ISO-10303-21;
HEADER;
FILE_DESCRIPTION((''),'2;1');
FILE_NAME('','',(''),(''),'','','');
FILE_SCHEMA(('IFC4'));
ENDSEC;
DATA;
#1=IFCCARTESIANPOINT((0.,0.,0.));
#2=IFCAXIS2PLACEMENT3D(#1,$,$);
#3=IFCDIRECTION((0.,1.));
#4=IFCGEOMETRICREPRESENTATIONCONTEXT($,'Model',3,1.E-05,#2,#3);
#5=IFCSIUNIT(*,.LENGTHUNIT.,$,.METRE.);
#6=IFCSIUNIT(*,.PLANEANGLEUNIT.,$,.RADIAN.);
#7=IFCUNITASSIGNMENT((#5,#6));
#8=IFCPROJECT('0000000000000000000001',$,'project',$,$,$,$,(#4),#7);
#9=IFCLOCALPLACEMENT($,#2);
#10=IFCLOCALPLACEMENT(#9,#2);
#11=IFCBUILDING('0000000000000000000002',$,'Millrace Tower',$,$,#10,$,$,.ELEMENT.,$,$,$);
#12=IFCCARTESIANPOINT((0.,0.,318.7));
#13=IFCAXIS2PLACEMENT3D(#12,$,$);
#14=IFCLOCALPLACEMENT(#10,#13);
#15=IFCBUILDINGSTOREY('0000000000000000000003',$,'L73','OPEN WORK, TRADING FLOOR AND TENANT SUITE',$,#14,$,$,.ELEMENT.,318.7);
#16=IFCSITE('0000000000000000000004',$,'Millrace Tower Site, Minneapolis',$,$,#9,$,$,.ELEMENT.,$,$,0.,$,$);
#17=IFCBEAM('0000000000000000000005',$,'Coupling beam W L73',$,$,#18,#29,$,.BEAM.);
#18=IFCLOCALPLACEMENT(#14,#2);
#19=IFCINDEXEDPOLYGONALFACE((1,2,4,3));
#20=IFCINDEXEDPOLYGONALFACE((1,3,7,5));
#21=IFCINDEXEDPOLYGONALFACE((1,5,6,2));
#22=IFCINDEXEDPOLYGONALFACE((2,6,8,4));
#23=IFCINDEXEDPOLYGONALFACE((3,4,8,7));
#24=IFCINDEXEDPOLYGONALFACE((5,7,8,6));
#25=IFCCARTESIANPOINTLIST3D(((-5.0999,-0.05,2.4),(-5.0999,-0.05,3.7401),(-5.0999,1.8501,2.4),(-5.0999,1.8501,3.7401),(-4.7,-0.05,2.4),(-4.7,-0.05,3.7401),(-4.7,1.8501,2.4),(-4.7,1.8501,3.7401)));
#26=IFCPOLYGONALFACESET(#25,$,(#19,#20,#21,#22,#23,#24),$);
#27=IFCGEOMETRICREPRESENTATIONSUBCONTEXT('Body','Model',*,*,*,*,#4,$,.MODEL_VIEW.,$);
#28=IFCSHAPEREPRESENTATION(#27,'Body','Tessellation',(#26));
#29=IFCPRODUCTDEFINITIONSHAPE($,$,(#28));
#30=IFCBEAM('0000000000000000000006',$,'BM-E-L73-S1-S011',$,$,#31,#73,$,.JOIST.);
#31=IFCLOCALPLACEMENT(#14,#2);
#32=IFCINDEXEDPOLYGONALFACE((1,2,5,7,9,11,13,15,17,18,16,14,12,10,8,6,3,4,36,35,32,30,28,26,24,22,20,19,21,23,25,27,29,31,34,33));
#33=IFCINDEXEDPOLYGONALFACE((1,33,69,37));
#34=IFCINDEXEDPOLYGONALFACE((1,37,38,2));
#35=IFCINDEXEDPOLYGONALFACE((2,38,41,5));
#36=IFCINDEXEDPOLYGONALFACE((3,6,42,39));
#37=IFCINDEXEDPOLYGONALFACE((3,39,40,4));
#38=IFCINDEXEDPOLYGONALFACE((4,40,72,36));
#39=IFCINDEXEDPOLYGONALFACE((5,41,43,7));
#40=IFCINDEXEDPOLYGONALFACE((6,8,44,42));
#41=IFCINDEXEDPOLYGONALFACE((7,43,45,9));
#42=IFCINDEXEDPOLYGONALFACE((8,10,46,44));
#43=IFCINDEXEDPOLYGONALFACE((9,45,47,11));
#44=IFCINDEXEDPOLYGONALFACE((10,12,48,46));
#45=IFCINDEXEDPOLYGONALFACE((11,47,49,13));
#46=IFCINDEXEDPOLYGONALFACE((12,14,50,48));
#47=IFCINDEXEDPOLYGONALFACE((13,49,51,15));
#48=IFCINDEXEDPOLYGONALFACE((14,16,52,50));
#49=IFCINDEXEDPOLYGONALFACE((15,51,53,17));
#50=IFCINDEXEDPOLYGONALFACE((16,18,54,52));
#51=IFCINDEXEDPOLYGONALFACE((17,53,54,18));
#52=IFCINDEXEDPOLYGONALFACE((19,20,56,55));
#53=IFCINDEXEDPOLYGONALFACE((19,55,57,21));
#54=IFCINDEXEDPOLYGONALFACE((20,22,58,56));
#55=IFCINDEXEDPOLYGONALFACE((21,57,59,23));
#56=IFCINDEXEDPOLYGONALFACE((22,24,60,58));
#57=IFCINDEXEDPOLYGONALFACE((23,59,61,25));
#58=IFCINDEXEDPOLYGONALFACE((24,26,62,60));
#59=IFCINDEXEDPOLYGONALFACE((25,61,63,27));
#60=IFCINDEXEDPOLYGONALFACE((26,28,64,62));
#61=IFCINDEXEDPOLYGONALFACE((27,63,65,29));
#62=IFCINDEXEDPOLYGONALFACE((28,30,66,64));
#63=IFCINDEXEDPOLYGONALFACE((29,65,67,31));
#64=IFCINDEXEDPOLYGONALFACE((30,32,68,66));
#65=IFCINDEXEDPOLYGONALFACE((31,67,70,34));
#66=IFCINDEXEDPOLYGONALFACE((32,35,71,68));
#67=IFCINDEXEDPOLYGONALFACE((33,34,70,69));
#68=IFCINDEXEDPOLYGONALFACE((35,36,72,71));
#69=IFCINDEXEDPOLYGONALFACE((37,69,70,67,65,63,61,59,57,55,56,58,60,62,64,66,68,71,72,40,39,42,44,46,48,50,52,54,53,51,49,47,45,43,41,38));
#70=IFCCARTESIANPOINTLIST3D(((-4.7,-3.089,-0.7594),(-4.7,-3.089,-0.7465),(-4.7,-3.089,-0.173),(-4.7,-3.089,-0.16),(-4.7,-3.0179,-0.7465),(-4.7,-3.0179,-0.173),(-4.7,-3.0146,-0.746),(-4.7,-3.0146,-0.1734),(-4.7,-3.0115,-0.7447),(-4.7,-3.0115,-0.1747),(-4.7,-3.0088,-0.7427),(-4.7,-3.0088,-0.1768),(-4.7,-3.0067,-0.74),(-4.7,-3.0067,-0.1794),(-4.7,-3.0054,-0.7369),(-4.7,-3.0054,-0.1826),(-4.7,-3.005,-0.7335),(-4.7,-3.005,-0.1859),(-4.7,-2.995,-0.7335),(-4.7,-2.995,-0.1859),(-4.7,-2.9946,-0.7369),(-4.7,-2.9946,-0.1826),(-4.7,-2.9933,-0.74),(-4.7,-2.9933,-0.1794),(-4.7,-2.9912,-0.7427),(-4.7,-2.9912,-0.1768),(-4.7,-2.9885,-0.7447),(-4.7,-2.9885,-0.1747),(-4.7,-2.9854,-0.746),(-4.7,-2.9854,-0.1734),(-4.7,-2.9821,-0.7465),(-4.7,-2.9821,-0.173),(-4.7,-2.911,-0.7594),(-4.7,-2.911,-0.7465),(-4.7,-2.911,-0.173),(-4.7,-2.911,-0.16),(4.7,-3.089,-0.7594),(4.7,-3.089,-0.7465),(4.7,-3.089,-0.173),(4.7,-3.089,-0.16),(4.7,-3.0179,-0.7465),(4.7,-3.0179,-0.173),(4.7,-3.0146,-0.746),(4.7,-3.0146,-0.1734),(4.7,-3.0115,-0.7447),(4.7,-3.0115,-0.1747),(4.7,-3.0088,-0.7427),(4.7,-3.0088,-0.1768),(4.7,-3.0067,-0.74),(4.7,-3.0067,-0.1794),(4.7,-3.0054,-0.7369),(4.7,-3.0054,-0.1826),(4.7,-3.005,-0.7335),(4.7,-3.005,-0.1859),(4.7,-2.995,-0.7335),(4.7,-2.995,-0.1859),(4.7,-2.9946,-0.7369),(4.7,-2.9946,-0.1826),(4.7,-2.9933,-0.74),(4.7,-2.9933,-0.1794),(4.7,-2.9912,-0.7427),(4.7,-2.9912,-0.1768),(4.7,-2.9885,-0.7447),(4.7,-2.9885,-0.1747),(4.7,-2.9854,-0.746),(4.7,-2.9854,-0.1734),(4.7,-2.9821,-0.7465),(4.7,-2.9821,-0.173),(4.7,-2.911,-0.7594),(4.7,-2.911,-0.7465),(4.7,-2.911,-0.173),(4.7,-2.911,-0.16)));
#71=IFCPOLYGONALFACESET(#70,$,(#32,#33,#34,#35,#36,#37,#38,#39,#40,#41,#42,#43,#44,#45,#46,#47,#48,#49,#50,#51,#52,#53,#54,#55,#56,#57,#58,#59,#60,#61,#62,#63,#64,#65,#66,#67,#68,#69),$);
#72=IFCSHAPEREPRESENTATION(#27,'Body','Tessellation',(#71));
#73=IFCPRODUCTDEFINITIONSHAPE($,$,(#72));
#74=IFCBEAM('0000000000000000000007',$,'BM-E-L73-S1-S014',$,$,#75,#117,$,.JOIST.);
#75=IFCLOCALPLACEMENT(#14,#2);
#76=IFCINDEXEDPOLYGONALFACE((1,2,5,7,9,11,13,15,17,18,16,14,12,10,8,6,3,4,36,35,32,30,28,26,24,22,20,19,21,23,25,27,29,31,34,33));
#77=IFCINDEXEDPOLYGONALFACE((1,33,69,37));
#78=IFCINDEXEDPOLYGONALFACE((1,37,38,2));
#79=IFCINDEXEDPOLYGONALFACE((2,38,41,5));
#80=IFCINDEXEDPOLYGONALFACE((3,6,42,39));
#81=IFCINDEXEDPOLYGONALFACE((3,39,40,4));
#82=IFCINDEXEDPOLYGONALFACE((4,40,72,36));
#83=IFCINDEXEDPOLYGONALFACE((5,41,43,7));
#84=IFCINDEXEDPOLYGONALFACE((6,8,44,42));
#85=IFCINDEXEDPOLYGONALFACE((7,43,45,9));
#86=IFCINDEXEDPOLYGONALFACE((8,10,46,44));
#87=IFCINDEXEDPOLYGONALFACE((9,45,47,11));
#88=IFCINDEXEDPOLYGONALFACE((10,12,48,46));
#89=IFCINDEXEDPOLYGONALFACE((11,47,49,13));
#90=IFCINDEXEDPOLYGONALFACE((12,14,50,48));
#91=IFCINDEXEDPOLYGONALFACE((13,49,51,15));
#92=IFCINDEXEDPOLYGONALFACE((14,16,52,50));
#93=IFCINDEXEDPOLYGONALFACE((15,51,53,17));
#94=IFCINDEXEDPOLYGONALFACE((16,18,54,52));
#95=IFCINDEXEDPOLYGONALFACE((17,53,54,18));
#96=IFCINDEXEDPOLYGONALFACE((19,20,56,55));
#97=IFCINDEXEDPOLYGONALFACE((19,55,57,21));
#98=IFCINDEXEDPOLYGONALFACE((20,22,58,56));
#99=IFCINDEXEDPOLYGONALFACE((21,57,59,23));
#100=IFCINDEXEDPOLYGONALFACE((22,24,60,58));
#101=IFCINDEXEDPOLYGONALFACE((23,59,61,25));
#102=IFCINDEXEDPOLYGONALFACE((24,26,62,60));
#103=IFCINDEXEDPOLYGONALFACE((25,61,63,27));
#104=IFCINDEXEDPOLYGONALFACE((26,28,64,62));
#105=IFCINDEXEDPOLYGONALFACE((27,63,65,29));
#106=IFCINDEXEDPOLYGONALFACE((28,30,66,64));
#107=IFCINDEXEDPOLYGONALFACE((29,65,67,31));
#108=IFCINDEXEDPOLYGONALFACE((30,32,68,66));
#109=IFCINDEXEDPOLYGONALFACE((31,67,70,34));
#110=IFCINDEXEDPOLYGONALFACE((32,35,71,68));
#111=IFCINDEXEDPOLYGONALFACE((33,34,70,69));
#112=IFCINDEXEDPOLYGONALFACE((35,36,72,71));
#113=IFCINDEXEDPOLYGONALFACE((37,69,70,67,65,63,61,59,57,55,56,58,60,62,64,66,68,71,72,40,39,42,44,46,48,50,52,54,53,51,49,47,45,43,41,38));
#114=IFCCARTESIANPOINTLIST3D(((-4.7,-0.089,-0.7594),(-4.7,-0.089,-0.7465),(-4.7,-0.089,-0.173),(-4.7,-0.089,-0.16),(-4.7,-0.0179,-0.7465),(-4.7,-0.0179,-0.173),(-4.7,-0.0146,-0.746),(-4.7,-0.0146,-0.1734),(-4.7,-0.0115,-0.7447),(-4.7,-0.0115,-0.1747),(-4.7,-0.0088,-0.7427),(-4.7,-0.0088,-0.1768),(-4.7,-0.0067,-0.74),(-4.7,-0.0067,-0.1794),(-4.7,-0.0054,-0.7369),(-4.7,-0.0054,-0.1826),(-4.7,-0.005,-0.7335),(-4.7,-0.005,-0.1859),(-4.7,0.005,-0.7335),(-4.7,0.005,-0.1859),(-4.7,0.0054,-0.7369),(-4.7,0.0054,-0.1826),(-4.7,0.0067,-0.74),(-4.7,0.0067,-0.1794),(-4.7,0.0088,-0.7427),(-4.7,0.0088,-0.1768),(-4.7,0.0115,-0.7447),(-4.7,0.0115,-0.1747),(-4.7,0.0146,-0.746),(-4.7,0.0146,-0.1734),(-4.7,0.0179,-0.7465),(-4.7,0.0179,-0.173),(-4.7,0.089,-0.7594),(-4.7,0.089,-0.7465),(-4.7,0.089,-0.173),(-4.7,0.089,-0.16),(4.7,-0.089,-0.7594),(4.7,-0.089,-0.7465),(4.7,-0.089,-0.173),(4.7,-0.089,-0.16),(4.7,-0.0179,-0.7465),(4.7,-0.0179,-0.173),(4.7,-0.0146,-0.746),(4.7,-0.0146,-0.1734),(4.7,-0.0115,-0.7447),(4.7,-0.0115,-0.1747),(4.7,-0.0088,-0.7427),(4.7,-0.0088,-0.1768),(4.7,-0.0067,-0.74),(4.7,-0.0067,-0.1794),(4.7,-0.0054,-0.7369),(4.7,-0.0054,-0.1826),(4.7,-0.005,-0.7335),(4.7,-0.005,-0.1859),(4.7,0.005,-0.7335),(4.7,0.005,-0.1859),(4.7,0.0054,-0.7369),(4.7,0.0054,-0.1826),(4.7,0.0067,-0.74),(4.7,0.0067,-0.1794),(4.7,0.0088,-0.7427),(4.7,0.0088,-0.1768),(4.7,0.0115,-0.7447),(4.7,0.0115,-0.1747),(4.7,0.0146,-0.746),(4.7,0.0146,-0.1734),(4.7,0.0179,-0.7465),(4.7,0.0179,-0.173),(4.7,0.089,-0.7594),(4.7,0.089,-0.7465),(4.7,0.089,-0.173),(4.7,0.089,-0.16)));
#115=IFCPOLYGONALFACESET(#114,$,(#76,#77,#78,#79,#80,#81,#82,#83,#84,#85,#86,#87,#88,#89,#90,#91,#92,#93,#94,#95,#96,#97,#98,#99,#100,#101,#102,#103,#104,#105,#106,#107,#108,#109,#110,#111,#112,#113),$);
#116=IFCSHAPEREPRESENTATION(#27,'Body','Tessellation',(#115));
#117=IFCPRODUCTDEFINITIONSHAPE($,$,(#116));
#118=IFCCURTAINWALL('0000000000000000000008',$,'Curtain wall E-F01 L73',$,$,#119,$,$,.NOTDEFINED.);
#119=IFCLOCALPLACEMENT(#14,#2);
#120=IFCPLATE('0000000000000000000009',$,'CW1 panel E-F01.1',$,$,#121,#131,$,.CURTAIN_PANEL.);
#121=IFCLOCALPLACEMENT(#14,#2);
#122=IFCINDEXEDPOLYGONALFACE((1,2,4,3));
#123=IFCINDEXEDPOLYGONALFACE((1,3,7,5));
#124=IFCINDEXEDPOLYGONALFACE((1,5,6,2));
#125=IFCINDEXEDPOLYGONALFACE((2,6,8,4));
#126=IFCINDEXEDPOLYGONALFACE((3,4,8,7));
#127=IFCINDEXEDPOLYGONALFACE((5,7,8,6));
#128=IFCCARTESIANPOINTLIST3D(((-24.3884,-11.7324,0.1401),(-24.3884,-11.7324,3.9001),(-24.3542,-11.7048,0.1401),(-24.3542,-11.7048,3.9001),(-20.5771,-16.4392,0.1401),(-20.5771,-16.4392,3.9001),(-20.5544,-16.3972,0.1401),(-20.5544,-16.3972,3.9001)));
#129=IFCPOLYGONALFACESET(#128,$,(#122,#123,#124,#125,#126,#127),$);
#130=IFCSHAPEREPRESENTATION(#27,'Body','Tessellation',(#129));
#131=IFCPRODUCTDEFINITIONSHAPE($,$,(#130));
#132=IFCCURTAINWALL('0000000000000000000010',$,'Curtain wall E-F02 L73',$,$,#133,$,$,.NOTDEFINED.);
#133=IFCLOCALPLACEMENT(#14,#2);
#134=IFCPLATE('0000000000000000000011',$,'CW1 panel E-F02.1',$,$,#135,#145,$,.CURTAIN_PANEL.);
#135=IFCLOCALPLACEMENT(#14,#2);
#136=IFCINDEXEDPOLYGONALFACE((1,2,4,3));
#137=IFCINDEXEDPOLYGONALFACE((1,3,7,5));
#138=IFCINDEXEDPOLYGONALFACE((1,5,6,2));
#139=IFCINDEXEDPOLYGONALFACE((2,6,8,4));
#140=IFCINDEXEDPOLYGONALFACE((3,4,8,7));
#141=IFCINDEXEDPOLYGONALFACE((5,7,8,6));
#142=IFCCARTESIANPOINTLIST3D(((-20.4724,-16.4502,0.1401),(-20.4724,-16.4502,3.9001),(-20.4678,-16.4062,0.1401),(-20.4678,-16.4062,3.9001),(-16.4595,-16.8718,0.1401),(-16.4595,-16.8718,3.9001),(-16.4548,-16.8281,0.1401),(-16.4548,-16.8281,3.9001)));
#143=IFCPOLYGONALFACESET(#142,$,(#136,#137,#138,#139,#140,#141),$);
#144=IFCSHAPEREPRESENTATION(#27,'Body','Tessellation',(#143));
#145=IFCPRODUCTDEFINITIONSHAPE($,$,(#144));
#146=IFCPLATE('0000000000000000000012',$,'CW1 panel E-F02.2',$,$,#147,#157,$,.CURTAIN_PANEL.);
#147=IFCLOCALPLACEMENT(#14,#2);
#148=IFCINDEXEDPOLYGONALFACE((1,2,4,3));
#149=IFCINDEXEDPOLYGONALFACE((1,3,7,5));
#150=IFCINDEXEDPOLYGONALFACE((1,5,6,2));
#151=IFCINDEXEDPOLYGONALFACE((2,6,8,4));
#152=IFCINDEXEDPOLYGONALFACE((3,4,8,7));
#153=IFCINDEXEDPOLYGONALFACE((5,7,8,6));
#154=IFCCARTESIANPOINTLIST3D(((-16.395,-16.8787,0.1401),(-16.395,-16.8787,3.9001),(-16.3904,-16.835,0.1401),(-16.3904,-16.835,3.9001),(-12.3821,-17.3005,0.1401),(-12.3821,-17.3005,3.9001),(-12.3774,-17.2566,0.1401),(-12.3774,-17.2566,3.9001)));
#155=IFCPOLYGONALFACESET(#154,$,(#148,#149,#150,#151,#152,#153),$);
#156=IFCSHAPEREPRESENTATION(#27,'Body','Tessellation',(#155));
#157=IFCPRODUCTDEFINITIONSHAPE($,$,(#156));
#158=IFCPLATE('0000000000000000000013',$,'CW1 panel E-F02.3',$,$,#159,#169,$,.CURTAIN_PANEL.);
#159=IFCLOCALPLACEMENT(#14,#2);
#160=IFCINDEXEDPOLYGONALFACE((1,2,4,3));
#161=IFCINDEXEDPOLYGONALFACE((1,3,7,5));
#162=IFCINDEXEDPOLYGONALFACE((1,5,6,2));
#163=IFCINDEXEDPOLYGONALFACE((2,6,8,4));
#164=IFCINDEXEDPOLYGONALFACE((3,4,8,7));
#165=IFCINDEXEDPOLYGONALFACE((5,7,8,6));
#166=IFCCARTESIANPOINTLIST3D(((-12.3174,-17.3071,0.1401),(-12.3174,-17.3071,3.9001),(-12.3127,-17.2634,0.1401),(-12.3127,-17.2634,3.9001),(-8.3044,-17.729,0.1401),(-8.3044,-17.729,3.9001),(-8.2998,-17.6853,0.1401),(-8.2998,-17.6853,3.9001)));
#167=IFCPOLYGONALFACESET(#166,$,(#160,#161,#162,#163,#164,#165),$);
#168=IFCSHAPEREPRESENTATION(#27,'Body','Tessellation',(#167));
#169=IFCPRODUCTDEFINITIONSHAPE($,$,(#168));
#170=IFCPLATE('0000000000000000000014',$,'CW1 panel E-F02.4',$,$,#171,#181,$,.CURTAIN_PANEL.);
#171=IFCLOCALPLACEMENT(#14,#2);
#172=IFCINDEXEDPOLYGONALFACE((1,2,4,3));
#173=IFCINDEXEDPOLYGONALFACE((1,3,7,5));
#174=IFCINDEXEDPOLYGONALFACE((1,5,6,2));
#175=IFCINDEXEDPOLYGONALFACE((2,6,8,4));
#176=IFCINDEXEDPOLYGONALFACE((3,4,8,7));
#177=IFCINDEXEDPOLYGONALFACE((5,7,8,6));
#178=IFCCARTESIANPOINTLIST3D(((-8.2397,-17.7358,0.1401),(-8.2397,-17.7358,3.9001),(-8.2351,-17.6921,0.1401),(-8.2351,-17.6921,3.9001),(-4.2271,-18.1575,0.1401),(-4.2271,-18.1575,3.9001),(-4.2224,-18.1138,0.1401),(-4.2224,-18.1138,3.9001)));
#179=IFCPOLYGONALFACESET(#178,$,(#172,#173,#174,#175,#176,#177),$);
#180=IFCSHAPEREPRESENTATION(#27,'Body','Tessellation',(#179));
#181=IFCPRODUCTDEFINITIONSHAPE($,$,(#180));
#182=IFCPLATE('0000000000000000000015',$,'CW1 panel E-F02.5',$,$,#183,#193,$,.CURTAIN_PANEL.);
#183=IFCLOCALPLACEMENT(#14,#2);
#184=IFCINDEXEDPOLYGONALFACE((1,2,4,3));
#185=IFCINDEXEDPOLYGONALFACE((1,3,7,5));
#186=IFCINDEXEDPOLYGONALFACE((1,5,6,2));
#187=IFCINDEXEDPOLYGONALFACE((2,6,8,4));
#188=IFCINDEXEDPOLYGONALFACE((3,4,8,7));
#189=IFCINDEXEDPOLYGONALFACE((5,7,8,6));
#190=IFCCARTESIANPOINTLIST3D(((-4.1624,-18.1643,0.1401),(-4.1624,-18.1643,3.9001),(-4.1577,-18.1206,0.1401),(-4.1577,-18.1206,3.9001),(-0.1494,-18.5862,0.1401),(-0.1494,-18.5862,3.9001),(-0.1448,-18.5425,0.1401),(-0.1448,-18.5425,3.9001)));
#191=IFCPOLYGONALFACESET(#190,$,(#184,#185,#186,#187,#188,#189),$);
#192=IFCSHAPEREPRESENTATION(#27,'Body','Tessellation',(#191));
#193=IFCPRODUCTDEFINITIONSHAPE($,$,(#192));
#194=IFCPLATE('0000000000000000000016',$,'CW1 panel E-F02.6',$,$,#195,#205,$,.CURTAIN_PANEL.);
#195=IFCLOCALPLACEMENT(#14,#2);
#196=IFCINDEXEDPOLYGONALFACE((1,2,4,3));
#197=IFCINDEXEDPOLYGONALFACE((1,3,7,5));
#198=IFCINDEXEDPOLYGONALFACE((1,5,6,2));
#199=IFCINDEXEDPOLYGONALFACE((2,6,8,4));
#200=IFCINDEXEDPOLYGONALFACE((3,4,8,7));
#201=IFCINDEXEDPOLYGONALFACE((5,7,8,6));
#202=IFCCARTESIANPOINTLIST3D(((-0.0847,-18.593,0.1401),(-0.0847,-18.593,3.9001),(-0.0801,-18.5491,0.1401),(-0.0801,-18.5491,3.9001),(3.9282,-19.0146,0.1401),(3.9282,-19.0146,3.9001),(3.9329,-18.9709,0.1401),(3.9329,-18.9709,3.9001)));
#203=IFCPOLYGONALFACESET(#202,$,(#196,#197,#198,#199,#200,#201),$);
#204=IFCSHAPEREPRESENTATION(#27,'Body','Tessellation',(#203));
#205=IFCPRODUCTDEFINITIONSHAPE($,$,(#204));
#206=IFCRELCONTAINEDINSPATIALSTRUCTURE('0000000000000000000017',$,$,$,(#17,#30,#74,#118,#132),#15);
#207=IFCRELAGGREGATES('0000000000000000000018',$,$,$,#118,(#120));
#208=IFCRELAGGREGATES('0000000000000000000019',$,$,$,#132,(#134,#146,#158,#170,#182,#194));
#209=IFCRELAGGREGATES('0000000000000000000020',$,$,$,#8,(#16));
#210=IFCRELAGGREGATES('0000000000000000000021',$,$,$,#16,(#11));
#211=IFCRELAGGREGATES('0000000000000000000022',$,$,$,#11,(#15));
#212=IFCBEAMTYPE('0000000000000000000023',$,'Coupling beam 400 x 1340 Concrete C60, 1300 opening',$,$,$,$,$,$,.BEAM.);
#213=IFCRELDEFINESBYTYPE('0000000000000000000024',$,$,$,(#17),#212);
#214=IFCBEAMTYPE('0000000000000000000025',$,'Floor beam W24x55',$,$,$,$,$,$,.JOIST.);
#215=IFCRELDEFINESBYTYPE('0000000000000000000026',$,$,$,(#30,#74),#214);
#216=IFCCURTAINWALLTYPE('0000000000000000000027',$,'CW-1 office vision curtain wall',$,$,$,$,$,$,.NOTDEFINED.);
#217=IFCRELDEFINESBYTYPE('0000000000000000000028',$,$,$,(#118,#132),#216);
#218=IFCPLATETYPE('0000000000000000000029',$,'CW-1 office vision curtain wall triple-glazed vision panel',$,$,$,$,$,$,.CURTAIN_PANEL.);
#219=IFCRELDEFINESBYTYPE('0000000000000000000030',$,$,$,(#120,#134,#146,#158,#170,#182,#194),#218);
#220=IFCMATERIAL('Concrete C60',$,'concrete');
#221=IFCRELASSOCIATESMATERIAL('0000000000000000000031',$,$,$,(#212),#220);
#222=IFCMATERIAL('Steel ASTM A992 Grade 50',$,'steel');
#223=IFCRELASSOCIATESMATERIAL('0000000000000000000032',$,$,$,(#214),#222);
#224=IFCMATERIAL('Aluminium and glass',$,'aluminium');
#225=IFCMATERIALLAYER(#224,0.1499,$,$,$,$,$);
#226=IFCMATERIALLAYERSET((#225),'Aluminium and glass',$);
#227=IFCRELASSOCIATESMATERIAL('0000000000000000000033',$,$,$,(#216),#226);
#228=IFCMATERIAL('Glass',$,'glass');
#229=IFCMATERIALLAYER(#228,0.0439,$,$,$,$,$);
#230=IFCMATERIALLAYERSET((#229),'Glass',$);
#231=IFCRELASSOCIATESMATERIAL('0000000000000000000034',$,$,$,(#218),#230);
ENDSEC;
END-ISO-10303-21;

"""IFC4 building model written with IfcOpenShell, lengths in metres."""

from ifc_helpers import new_model, si_unit, direction, frame, origin, origin_2d, place, context, subcontext, project, spatial, polyline, rectangle, i_section, outline, extrude, material, layer, layer_set, material_profile, profile_set, type_object, element, aggregate, save


model = new_model("IFC4")

# Units and contexts
model_context = context("Model", 3, precision=1e-05, world=origin(), true_north=direction((0.0, 1.0)))
body_context = subcontext(model_context, "Body", "Model", "MODEL_VIEW")
ifc_project = project(units=[si_unit("LENGTHUNIT", "METRE"), si_unit("PLANEANGLEUNIT", "RADIAN")], contexts=[model_context])

# Site, building, storey
site_placement = place(None, origin())
site = spatial("IfcSite", under=ifc_project, at=site_placement, Name="Millrace Tower Site, Minneapolis", CompositionType="ELEMENT", RefElevation=0.0)
building_placement = place(site_placement, origin())
building = spatial("IfcBuilding", under=site, at=building_placement, Name="Millrace Tower", CompositionType="ELEMENT")
storey_placement = place(building_placement, frame((0.0, 0.0, 318.7)))
storey = spatial("IfcBuildingStorey", under=building, at=storey_placement, Name="L73", Description="OPEN WORK, TRADING FLOOR AND TENANT SUITE", CompositionType="ELEMENT", Elevation=318.7)

# Beams
ifc_material_1 = material(Name="Concrete C60", Category="concrete")
ifc_material_profile_1 = material_profile(ifc_material_1, rectangle(XDim=0.3999, YDim=1.3401, at=origin_2d()))
ifc_profile_set_1 = profile_set([ifc_material_profile_1], Name="Concrete C60")
beam_type_1 = type_object("IfcBeamType", Name="Coupling beam 400 x 1340 Concrete C60, 1300 opening", PredefinedType="BEAM", material=ifc_profile_set_1)
beam_placement = place(storey_placement, frame((-4.8999, -0.05, 3.0701), z_axis=(0.0, 1.0, 0.0), x_axis=(-1.0, 0.0, 0.0)))
element("IfcBeam", 1, at=beam_placement, inside=storey, type_object=beam_type_1, Name="Coupling beam W L73", PredefinedType="BEAM", context=body_context, shape_type="SweptSolid", body=[
    extrude(rectangle(XDim=0.3999, YDim=1.3401, at=origin_2d()), origin(), (0.0, 0.0, 1.0), 1.9001),
])
ifc_material_2 = material(Name="Steel ASTM A992 Grade 50", Category="steel")
ifc_material_profile_2 = material_profile(ifc_material_2, i_section(OverallWidth=0.178, OverallDepth=0.5994, WebThickness=0.01, FlangeThickness=0.0129, FilletRadius=0.0129, at=origin_2d()))
ifc_profile_set_2 = profile_set([ifc_material_profile_2], Name="Steel ASTM A992 Grade 50")
beam_type_2 = type_object("IfcBeamType", Name="Floor beam W24x55", PredefinedType="JOIST", material=ifc_profile_set_2)
for number, where, z_axis, x_axis, name in (
    (2, (-4.7, -3.0, -0.4597), (1.0, 0.0, 0.0), (0.0, 1.0, 0.0), "BM-E-L73-S1-S011"),
    (3, (-4.7, 0.0, -0.4597), (1.0, 0.0, 0.0), (0.0, 1.0, 0.0), "BM-E-L73-S1-S014"),
):
    element("IfcBeam", number, at=place(storey_placement, frame(where, z_axis=z_axis, x_axis=x_axis)), inside=storey, type_object=beam_type_2, Name=name, PredefinedType="JOIST", context=body_context, shape_type="SweptSolid", body=[
        extrude(i_section(OverallWidth=0.178, OverallDepth=0.5994, WebThickness=0.01, FlangeThickness=0.0129, FilletRadius=0.0129, at=origin_2d()), origin(), (0.0, 0.0, 1.0), 9.3999),
    ])

# Curtain wall, plate
ifc_material_3 = material(Name="Aluminium and glass", Category="aluminium")
ifc_layer_1 = layer(ifc_material_3, 0.1499)
ifc_layer_set_1 = layer_set([ifc_layer_1], Name="Aluminium and glass")
curtain_wall_type = type_object("IfcCurtainWallType", Name="CW-1 office vision curtain wall", PredefinedType="NOTDEFINED", material=ifc_layer_set_1)
placement_1 = place(storey_placement, origin())
curtain_wall_1 = element("IfcCurtainWall", 4, at=placement_1, inside=storey, type_object=curtain_wall_type, Name="Curtain wall E-F01 L73", PredefinedType="NOTDEFINED")
ifc_material_4 = material(Name="Glass", Category="glass")
ifc_layer_2 = layer(ifc_material_4, 0.0439)
ifc_layer_set_2 = layer_set([ifc_layer_2], Name="Glass")
plate_type = type_object("IfcPlateType", Name="CW-1 office vision curtain wall triple-glazed vision panel", PredefinedType="CURTAIN_PANEL", material=ifc_layer_set_2)
placement_2 = place(storey_placement, frame((0.0, 0.0, 0.1401)))
plate_1 = element("IfcPlate", 5, at=placement_2, type_object=plate_type, Name="CW1 panel E-F01.1", PredefinedType="CURTAIN_PANEL", context=body_context, shape_type="SweptSolid", body=[
    extrude(outline(polyline([(-24.3884, -11.7324), (-20.5771, -16.4392), (-20.5544, -16.3972), (-24.3542, -11.7048), (-24.3884, -11.7324)])), origin(), (0.0, 0.0, 1.0), 3.76),
])
aggregate(curtain_wall_1, [plate_1])

# Curtain wall, plates
curtain_wall_2 = element("IfcCurtainWall", 6, at=placement_1, inside=storey, type_object=curtain_wall_type, Name="Curtain wall E-F02 L73", PredefinedType="NOTDEFINED")
plate_2 = element("IfcPlate", 7, at=placement_2, type_object=plate_type, Name="CW1 panel E-F02.1", PredefinedType="CURTAIN_PANEL", context=body_context, shape_type="SweptSolid", body=[
    extrude(outline(polyline([(-20.4724, -16.4502), (-16.4595, -16.8718), (-16.4548, -16.8281), (-20.4678, -16.4062), (-20.4724, -16.4502)])), origin(), (0.0, 0.0, 1.0), 3.76),
])
plate_3 = element("IfcPlate", 8, at=placement_2, type_object=plate_type, Name="CW1 panel E-F02.2", PredefinedType="CURTAIN_PANEL", context=body_context, shape_type="SweptSolid", body=[
    extrude(outline(polyline([(-16.395, -16.8787), (-12.3821, -17.3005), (-12.3774, -17.2566), (-16.3904, -16.835), (-16.395, -16.8787)])), origin(), (0.0, 0.0, 1.0), 3.76),
])
plate_4 = element("IfcPlate", 9, at=placement_2, type_object=plate_type, Name="CW1 panel E-F02.3", PredefinedType="CURTAIN_PANEL", context=body_context, shape_type="SweptSolid", body=[
    extrude(outline(polyline([(-12.3174, -17.3071), (-8.3044, -17.729), (-8.2998, -17.6853), (-12.3127, -17.2634), (-12.3174, -17.3071)])), origin(), (0.0, 0.0, 1.0), 3.76),
])
plate_5 = element("IfcPlate", 10, at=placement_2, type_object=plate_type, Name="CW1 panel E-F02.4", PredefinedType="CURTAIN_PANEL", context=body_context, shape_type="SweptSolid", body=[
    extrude(outline(polyline([(-8.2397, -17.7358), (-4.2271, -18.1575), (-4.2224, -18.1138), (-8.2351, -17.6921), (-8.2397, -17.7358)])), origin(), (0.0, 0.0, 1.0), 3.76),
])
plate_6 = element("IfcPlate", 11, at=placement_2, type_object=plate_type, Name="CW1 panel E-F02.5", PredefinedType="CURTAIN_PANEL", context=body_context, shape_type="SweptSolid", body=[
    extrude(outline(polyline([(-4.1624, -18.1643), (-0.1494, -18.5862), (-0.1448, -18.5425), (-4.1577, -18.1206), (-4.1624, -18.1643)])), origin(), (0.0, 0.0, 1.0), 3.76),
])
plate_7 = element("IfcPlate", 12, at=placement_2, type_object=plate_type, Name="CW1 panel E-F02.6", PredefinedType="CURTAIN_PANEL", context=body_context, shape_type="SweptSolid", body=[
    extrude(outline(polyline([(-0.0847, -18.593), (3.9282, -19.0146), (3.9329, -18.9709), (-0.0801, -18.5491), (-0.0847, -18.593)])), origin(), (0.0, 0.0, 1.0), 3.76),
])
aggregate(curtain_wall_2, [plate_2, plate_3, plate_4, plate_5, plate_6, plate_7])

save(model, "model.ifc")
